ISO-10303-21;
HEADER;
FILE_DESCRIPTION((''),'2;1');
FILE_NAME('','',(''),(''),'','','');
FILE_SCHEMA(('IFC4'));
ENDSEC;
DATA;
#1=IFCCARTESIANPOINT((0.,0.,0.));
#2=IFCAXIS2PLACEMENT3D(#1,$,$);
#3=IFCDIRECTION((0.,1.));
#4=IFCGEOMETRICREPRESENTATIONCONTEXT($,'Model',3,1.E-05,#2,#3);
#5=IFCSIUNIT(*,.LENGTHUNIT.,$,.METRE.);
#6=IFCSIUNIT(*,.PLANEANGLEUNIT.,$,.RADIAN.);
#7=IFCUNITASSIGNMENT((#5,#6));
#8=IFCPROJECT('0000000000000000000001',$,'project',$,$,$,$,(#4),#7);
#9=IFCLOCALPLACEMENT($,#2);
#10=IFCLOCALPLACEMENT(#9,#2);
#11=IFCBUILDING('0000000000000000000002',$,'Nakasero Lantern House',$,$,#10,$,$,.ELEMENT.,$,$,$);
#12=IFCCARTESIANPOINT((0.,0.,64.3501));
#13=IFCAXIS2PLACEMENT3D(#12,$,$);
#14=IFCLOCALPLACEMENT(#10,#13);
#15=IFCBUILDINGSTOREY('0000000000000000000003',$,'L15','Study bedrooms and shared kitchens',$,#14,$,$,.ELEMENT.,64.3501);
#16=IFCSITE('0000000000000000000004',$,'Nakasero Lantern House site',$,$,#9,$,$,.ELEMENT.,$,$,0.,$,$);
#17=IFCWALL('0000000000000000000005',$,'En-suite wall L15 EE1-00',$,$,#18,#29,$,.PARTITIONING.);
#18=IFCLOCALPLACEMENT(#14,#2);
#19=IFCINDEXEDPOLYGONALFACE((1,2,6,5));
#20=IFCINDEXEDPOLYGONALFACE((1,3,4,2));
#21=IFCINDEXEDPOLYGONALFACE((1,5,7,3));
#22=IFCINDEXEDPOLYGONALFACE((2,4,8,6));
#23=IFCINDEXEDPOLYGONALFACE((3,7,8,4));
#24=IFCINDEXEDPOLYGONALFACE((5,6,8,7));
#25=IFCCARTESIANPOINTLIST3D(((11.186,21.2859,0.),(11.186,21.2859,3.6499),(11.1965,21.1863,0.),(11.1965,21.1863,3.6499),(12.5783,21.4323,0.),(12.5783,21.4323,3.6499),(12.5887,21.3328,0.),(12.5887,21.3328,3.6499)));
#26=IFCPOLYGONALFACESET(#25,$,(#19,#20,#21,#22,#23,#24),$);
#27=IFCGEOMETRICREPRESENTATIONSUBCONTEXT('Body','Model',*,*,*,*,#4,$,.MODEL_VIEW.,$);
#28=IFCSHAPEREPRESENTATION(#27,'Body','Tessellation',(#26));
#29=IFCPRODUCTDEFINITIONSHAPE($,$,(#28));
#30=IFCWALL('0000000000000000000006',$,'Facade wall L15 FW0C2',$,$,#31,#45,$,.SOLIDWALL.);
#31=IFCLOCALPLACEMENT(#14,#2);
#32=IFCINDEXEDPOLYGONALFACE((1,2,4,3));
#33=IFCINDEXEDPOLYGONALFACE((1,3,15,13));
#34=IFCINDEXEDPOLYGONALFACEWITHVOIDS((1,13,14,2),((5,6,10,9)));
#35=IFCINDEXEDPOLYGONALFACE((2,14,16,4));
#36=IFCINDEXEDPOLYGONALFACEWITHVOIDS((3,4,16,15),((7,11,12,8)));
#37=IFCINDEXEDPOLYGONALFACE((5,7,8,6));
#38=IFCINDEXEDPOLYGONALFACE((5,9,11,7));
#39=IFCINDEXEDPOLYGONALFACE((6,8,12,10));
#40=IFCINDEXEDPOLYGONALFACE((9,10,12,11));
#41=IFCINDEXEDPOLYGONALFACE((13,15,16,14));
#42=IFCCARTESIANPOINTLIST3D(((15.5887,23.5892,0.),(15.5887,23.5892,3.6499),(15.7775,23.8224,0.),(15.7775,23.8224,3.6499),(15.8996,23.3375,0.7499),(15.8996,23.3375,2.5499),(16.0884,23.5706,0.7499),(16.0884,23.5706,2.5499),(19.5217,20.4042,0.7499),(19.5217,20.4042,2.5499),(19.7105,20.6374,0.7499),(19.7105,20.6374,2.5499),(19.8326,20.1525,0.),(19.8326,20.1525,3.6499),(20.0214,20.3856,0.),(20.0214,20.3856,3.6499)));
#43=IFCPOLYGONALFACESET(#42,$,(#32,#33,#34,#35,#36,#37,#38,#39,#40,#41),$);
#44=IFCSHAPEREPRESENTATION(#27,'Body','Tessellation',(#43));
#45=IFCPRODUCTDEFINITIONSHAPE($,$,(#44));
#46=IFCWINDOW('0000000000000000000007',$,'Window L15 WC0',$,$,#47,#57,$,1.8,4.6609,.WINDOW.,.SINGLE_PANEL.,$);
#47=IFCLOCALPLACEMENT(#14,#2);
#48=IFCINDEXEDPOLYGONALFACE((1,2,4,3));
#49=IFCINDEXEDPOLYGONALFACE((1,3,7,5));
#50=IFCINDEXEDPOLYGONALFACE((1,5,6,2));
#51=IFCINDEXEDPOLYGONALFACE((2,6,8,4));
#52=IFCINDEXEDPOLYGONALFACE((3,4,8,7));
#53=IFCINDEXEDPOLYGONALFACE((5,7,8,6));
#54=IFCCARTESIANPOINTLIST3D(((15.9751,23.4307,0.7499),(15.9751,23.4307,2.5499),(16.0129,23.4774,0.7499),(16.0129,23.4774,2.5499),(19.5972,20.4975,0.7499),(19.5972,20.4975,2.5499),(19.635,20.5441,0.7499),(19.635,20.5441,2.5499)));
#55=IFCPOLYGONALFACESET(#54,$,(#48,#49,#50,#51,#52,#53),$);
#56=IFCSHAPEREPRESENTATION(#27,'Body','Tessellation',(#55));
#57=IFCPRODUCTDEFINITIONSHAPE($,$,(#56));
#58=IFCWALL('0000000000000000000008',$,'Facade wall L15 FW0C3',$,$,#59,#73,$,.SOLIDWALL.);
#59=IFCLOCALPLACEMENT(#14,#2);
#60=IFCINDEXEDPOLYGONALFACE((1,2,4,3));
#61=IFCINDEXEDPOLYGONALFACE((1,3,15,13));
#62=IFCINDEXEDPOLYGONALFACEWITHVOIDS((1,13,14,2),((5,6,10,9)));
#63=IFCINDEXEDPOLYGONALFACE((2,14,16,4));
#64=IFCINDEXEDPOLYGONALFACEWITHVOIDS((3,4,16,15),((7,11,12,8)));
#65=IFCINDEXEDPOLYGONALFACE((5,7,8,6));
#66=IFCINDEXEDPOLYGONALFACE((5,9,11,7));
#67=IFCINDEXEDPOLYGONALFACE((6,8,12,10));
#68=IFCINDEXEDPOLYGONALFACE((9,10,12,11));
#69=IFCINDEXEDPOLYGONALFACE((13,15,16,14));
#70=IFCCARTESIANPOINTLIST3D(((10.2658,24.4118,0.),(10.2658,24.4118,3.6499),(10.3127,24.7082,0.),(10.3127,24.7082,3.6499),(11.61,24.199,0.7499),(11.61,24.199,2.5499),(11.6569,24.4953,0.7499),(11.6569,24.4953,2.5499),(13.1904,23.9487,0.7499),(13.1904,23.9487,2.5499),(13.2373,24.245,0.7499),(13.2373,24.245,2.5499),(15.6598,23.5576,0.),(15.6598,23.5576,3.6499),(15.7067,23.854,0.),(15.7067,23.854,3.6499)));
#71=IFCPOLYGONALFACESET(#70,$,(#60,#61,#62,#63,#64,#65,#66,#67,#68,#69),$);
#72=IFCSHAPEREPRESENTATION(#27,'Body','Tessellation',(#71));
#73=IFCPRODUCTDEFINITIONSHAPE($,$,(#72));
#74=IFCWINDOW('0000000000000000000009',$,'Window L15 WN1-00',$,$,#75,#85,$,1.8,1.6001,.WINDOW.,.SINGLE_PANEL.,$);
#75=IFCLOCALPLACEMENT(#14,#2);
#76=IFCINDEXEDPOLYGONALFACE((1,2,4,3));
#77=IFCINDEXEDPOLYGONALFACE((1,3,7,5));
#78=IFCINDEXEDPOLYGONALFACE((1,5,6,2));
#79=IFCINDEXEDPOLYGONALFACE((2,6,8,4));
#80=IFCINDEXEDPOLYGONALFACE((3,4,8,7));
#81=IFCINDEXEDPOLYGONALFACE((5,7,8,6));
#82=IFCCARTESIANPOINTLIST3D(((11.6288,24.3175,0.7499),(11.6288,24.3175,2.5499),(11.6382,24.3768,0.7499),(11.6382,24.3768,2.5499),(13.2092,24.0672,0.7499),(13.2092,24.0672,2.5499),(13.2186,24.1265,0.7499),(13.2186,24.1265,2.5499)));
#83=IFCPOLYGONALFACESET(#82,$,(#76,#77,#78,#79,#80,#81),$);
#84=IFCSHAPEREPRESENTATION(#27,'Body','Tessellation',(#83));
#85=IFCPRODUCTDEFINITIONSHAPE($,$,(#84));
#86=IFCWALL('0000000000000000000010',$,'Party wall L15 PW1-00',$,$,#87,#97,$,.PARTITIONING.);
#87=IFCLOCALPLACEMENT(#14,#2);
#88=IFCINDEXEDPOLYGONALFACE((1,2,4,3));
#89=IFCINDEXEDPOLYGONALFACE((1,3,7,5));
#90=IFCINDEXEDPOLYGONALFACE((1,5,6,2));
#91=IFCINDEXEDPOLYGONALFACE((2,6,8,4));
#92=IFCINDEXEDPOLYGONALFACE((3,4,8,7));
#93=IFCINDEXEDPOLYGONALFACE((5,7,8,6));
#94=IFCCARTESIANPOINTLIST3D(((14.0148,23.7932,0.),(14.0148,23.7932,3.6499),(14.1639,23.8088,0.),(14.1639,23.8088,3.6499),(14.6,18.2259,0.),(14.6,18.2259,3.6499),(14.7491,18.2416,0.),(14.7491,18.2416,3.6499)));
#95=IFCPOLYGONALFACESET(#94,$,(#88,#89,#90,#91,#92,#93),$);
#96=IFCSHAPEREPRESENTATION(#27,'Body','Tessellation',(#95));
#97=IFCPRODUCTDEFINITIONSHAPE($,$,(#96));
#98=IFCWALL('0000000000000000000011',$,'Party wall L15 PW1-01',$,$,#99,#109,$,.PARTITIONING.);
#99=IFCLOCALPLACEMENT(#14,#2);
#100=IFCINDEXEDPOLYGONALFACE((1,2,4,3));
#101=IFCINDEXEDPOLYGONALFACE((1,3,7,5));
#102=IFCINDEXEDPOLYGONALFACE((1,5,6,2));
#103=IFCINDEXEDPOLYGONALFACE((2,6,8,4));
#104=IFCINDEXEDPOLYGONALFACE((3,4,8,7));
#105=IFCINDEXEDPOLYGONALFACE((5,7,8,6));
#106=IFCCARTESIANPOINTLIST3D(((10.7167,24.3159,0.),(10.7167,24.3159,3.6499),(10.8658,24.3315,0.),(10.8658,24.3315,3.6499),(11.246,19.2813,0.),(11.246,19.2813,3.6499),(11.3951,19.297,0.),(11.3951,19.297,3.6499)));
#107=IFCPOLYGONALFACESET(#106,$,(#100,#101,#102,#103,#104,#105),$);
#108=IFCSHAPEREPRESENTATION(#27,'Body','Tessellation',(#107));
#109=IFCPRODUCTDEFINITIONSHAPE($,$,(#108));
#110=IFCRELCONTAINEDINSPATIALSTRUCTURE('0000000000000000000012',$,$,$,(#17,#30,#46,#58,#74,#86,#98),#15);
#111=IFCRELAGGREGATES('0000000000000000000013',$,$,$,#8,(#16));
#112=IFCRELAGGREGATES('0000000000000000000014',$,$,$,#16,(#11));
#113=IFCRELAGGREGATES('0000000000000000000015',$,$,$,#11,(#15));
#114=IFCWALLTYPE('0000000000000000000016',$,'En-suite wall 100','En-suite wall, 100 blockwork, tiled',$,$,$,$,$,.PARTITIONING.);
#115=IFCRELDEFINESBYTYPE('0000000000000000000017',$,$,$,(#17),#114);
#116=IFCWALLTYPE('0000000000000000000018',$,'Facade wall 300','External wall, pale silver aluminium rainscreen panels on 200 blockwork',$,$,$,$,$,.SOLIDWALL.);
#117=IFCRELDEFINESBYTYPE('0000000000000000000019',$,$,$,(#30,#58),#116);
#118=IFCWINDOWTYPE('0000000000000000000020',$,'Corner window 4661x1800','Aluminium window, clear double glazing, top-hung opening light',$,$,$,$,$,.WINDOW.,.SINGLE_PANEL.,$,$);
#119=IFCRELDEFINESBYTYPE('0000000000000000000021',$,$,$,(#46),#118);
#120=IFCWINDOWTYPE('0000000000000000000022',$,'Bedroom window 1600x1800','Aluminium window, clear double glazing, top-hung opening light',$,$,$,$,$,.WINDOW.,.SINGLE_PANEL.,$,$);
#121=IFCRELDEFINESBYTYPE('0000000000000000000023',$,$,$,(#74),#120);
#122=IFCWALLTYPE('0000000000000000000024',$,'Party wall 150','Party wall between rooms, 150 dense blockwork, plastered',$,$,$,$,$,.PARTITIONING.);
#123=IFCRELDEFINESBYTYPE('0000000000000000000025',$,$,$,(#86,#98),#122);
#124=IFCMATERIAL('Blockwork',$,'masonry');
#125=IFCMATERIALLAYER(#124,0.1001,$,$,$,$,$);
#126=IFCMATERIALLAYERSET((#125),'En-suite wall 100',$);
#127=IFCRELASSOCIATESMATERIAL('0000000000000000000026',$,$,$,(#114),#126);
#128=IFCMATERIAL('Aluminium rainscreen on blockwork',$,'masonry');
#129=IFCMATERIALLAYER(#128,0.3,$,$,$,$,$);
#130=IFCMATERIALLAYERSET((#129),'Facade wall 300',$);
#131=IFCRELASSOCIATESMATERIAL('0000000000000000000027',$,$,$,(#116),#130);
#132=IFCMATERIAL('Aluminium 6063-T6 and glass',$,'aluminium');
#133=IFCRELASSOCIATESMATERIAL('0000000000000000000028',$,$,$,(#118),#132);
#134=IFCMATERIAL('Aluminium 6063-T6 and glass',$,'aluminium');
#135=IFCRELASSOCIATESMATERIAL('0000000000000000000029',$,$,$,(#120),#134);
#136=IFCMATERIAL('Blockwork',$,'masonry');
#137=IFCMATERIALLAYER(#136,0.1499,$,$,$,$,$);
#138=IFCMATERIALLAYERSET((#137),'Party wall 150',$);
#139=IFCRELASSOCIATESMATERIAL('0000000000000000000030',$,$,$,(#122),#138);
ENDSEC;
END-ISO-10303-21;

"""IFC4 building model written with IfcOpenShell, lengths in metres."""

from ifc_helpers import new_model, si_unit, direction, frame, frame_2d, origin, place, context, subcontext, project, spatial, rectangle, extrude, material, layer, layer_set, type_object, element, fill, save


model = new_model("IFC4")

# Units and contexts
model_context = context("Model", 3, precision=1e-05, world=origin(), true_north=direction((0.0, 1.0)))
body_context = subcontext(model_context, "Body", "Model", "MODEL_VIEW")
ifc_project = project(units=[si_unit("LENGTHUNIT", "METRE"), si_unit("PLANEANGLEUNIT", "RADIAN")], contexts=[model_context])

# Site, building, storey
site_placement = place(None, origin())
site = spatial("IfcSite", under=ifc_project, at=site_placement, Name="Nakasero Lantern House site", CompositionType="ELEMENT", RefElevation=0.0)
building_placement = place(site_placement, origin())
building = spatial("IfcBuilding", under=site, at=building_placement, Name="Nakasero Lantern House", CompositionType="ELEMENT")
storey_placement = place(building_placement, frame((0.0, 0.0, 64.3501)))
storey = spatial("IfcBuildingStorey", under=building, at=storey_placement, Name="L15", Description="Study bedrooms and shared kitchens", CompositionType="ELEMENT", Elevation=64.3501)

# Shared definitions
ifc_material_1 = material(Name="Blockwork", Category="masonry")
ifc_layer_1 = layer(ifc_material_1, 0.1001)
ifc_layer_set_1 = layer_set([ifc_layer_1], Name="En-suite wall 100")
wall_type_1 = type_object("IfcWallType", Name="En-suite wall 100", Description="En-suite wall, 100 blockwork, tiled", PredefinedType="PARTITIONING", material=ifc_layer_set_1)

# Wall
wall_1_placement = place(storey_placement, frame((12.5835, 21.3826, 0.0), z_axis=(0.0, 0.0, 1.0), x_axis=(-0.994511, -0.10463, 0.0)))
element("IfcWall", 1, at=wall_1_placement, inside=storey, type_object=wall_type_1, Name="En-suite wall L15 EE1-00", PredefinedType="PARTITIONING", context=body_context, shape_type="SweptSolid", body=[
    extrude(rectangle(XDim=1.3999, YDim=0.1001, at=frame_2d((0.7, 0.0))), origin(), (0.0, 0.0, 1.0), 3.6499),
])

# Walls, openings, windows
ifc_material_2 = material(Name="Aluminium rainscreen on blockwork", Category="masonry")
ifc_layer_2 = layer(ifc_material_2, 0.3)
ifc_layer_set_2 = layer_set([ifc_layer_2], Name="Facade wall 300")
wall_type_2 = type_object("IfcWallType", Name="Facade wall 300", Description="External wall, pale silver aluminium rainscreen panels on 200 blockwork", PredefinedType="SOLIDWALL", material=ifc_layer_set_2)
wall_2_placement = place(storey_placement, frame((19.927, 20.269, 0.0), z_axis=(0.0, 0.0, 1.0), x_axis=(-0.777135, 0.629335, 0.0)))
wall_2 = element("IfcWall", 2, at=wall_2_placement, inside=storey, type_object=wall_type_2, Name="Facade wall L15 FW0C2", PredefinedType="SOLIDWALL", context=body_context, shape_type="SweptSolid", body=[
    extrude(rectangle(XDim=5.4609, YDim=0.3, at=frame_2d((2.7305, 0.0))), origin(), (0.0, 0.0, 1.0), 3.6499),
])
opening_1_placement = place(wall_2_placement, frame((0.3999, 0.0, 0.75)))
opening_1 = element("IfcOpeningElement", 3, at=opening_1_placement, cuts=wall_2, PredefinedType="OPENING", context=body_context, shape_type="SweptSolid", body=[
    extrude(rectangle(XDim=4.6609, YDim=1.8, at=frame_2d((2.3306, 0.8999))), frame((0.0, 0.1699, 0.0), z_axis=(0.0, -1.0, 0.0), x_axis=(1.0, 0.0, 0.0)), (0.0, 0.0, 1.0), 0.3401),
])
ifc_material_3 = material(Name="Aluminium 6063-T6 and glass", Category="aluminium")
window_type_1 = type_object("IfcWindowType", Name="Corner window 4661x1800", Description="Aluminium window, clear double glazing, top-hung opening light", PartitioningType="SINGLE_PANEL", PredefinedType="WINDOW", material=ifc_material_3)
window_1_placement = place(opening_1_placement, origin())
window_1 = element("IfcWindow", 4, at=window_1_placement, inside=storey, type_object=window_type_1, Name="Window L15 WC0", OverallHeight=1.8, OverallWidth=4.6609, PartitioningType="SINGLE_PANEL", PredefinedType="WINDOW", context=body_context, shape_type="SweptSolid", body=[
    extrude(rectangle(XDim=4.6609, YDim=1.8, at=frame_2d((2.3306, 0.8999))), frame((0.0, 0.03, 0.0), z_axis=(0.0, -1.0, 0.0), x_axis=(1.0, 0.0, 0.0)), (0.0, 0.0, 1.0), 0.0601),
])
fill(opening_1, window_1)
wall_3_placement = place(storey_placement, frame((15.6831, 23.7058, 0.0), z_axis=(0.0, 0.0, 1.0), x_axis=(-0.987691, 0.156419, 0.0)))
wall_3 = element("IfcWall", 5, at=wall_3_placement, inside=storey, type_object=wall_type_2, Name="Facade wall L15 FW0C3", PredefinedType="SOLIDWALL", context=body_context, shape_type="SweptSolid", body=[
    extrude(rectangle(XDim=5.4612, YDim=0.3, at=frame_2d((2.7305, 0.0))), origin(), (0.0, 0.0, 1.0), 3.6499),
])
opening_2_placement = place(wall_3_placement, frame((2.5, 0.0, 0.75)))
opening_2 = element("IfcOpeningElement", 6, at=opening_2_placement, cuts=wall_3, PredefinedType="OPENING", context=body_context, shape_type="SweptSolid", body=[
    extrude(rectangle(XDim=1.6001, YDim=1.8, at=frame_2d((0.8, 0.8999))), frame((0.0, 0.1699, 0.0), z_axis=(0.0, -1.0, 0.0), x_axis=(1.0, 0.0, 0.0)), (0.0, 0.0, 1.0), 0.3401),
])
ifc_material_4 = material(Name="Aluminium 6063-T6 and glass", Category="aluminium")
window_type_2 = type_object("IfcWindowType", Name="Bedroom window 1600x1800", Description="Aluminium window, clear double glazing, top-hung opening light", PartitioningType="SINGLE_PANEL", PredefinedType="WINDOW", material=ifc_material_4)
window_2_placement = place(opening_2_placement, origin())
window_2 = element("IfcWindow", 7, at=window_2_placement, inside=storey, type_object=window_type_2, Name="Window L15 WN1-00", OverallHeight=1.8, OverallWidth=1.6001, PartitioningType="SINGLE_PANEL", PredefinedType="WINDOW", context=body_context, shape_type="SweptSolid", body=[
    extrude(rectangle(XDim=1.6001, YDim=1.8, at=frame_2d((0.8, 0.8999))), frame((0.0, 0.03, 0.0), z_axis=(0.0, -1.0, 0.0), x_axis=(1.0, 0.0, 0.0)), (0.0, 0.0, 1.0), 0.0601),
])
fill(opening_2, window_2)

# Walls
ifc_material_5 = material(Name="Blockwork", Category="masonry")
ifc_layer_3 = layer(ifc_material_5, 0.1499)
ifc_layer_set_3 = layer_set([ifc_layer_3], Name="Party wall 150")
wall_type_3 = type_object("IfcWallType", Name="Party wall 150", Description="Party wall between rooms, 150 dense blockwork, plastered", PredefinedType="PARTITIONING", material=ifc_layer_set_3)
wall_4_placement = place(storey_placement, frame((14.6746, 18.2339, 0.0), z_axis=(0.0, 0.0, 1.0), x_axis=(-0.104542, 0.99452, 0.0)))
element("IfcWall", 8, at=wall_4_placement, inside=storey, type_object=wall_type_3, Name="Party wall L15 PW1-00", PredefinedType="PARTITIONING", context=body_context, shape_type="SweptSolid", body=[
    extrude(rectangle(XDim=5.5979, YDim=0.1499, at=frame_2d((2.7988, 0.0))), origin(), (0.0, 0.0, 1.0), 3.6499),
])
wall_5_placement = place(storey_placement, frame((11.3206, 19.2891, 0.0), z_axis=(0.0, 0.0, 1.0), x_axis=(-0.104559, 0.994519, 0.0)))
element("IfcWall", 9, at=wall_5_placement, inside=storey, type_object=wall_type_3, Name="Party wall L15 PW1-01", PredefinedType="PARTITIONING", context=body_context, shape_type="SweptSolid", body=[
    extrude(rectangle(XDim=5.0623, YDim=0.1499, at=frame_2d((2.5312, 0.0))), origin(), (0.0, 0.0, 1.0), 3.6499),
])

save(model, "model.ifc")
